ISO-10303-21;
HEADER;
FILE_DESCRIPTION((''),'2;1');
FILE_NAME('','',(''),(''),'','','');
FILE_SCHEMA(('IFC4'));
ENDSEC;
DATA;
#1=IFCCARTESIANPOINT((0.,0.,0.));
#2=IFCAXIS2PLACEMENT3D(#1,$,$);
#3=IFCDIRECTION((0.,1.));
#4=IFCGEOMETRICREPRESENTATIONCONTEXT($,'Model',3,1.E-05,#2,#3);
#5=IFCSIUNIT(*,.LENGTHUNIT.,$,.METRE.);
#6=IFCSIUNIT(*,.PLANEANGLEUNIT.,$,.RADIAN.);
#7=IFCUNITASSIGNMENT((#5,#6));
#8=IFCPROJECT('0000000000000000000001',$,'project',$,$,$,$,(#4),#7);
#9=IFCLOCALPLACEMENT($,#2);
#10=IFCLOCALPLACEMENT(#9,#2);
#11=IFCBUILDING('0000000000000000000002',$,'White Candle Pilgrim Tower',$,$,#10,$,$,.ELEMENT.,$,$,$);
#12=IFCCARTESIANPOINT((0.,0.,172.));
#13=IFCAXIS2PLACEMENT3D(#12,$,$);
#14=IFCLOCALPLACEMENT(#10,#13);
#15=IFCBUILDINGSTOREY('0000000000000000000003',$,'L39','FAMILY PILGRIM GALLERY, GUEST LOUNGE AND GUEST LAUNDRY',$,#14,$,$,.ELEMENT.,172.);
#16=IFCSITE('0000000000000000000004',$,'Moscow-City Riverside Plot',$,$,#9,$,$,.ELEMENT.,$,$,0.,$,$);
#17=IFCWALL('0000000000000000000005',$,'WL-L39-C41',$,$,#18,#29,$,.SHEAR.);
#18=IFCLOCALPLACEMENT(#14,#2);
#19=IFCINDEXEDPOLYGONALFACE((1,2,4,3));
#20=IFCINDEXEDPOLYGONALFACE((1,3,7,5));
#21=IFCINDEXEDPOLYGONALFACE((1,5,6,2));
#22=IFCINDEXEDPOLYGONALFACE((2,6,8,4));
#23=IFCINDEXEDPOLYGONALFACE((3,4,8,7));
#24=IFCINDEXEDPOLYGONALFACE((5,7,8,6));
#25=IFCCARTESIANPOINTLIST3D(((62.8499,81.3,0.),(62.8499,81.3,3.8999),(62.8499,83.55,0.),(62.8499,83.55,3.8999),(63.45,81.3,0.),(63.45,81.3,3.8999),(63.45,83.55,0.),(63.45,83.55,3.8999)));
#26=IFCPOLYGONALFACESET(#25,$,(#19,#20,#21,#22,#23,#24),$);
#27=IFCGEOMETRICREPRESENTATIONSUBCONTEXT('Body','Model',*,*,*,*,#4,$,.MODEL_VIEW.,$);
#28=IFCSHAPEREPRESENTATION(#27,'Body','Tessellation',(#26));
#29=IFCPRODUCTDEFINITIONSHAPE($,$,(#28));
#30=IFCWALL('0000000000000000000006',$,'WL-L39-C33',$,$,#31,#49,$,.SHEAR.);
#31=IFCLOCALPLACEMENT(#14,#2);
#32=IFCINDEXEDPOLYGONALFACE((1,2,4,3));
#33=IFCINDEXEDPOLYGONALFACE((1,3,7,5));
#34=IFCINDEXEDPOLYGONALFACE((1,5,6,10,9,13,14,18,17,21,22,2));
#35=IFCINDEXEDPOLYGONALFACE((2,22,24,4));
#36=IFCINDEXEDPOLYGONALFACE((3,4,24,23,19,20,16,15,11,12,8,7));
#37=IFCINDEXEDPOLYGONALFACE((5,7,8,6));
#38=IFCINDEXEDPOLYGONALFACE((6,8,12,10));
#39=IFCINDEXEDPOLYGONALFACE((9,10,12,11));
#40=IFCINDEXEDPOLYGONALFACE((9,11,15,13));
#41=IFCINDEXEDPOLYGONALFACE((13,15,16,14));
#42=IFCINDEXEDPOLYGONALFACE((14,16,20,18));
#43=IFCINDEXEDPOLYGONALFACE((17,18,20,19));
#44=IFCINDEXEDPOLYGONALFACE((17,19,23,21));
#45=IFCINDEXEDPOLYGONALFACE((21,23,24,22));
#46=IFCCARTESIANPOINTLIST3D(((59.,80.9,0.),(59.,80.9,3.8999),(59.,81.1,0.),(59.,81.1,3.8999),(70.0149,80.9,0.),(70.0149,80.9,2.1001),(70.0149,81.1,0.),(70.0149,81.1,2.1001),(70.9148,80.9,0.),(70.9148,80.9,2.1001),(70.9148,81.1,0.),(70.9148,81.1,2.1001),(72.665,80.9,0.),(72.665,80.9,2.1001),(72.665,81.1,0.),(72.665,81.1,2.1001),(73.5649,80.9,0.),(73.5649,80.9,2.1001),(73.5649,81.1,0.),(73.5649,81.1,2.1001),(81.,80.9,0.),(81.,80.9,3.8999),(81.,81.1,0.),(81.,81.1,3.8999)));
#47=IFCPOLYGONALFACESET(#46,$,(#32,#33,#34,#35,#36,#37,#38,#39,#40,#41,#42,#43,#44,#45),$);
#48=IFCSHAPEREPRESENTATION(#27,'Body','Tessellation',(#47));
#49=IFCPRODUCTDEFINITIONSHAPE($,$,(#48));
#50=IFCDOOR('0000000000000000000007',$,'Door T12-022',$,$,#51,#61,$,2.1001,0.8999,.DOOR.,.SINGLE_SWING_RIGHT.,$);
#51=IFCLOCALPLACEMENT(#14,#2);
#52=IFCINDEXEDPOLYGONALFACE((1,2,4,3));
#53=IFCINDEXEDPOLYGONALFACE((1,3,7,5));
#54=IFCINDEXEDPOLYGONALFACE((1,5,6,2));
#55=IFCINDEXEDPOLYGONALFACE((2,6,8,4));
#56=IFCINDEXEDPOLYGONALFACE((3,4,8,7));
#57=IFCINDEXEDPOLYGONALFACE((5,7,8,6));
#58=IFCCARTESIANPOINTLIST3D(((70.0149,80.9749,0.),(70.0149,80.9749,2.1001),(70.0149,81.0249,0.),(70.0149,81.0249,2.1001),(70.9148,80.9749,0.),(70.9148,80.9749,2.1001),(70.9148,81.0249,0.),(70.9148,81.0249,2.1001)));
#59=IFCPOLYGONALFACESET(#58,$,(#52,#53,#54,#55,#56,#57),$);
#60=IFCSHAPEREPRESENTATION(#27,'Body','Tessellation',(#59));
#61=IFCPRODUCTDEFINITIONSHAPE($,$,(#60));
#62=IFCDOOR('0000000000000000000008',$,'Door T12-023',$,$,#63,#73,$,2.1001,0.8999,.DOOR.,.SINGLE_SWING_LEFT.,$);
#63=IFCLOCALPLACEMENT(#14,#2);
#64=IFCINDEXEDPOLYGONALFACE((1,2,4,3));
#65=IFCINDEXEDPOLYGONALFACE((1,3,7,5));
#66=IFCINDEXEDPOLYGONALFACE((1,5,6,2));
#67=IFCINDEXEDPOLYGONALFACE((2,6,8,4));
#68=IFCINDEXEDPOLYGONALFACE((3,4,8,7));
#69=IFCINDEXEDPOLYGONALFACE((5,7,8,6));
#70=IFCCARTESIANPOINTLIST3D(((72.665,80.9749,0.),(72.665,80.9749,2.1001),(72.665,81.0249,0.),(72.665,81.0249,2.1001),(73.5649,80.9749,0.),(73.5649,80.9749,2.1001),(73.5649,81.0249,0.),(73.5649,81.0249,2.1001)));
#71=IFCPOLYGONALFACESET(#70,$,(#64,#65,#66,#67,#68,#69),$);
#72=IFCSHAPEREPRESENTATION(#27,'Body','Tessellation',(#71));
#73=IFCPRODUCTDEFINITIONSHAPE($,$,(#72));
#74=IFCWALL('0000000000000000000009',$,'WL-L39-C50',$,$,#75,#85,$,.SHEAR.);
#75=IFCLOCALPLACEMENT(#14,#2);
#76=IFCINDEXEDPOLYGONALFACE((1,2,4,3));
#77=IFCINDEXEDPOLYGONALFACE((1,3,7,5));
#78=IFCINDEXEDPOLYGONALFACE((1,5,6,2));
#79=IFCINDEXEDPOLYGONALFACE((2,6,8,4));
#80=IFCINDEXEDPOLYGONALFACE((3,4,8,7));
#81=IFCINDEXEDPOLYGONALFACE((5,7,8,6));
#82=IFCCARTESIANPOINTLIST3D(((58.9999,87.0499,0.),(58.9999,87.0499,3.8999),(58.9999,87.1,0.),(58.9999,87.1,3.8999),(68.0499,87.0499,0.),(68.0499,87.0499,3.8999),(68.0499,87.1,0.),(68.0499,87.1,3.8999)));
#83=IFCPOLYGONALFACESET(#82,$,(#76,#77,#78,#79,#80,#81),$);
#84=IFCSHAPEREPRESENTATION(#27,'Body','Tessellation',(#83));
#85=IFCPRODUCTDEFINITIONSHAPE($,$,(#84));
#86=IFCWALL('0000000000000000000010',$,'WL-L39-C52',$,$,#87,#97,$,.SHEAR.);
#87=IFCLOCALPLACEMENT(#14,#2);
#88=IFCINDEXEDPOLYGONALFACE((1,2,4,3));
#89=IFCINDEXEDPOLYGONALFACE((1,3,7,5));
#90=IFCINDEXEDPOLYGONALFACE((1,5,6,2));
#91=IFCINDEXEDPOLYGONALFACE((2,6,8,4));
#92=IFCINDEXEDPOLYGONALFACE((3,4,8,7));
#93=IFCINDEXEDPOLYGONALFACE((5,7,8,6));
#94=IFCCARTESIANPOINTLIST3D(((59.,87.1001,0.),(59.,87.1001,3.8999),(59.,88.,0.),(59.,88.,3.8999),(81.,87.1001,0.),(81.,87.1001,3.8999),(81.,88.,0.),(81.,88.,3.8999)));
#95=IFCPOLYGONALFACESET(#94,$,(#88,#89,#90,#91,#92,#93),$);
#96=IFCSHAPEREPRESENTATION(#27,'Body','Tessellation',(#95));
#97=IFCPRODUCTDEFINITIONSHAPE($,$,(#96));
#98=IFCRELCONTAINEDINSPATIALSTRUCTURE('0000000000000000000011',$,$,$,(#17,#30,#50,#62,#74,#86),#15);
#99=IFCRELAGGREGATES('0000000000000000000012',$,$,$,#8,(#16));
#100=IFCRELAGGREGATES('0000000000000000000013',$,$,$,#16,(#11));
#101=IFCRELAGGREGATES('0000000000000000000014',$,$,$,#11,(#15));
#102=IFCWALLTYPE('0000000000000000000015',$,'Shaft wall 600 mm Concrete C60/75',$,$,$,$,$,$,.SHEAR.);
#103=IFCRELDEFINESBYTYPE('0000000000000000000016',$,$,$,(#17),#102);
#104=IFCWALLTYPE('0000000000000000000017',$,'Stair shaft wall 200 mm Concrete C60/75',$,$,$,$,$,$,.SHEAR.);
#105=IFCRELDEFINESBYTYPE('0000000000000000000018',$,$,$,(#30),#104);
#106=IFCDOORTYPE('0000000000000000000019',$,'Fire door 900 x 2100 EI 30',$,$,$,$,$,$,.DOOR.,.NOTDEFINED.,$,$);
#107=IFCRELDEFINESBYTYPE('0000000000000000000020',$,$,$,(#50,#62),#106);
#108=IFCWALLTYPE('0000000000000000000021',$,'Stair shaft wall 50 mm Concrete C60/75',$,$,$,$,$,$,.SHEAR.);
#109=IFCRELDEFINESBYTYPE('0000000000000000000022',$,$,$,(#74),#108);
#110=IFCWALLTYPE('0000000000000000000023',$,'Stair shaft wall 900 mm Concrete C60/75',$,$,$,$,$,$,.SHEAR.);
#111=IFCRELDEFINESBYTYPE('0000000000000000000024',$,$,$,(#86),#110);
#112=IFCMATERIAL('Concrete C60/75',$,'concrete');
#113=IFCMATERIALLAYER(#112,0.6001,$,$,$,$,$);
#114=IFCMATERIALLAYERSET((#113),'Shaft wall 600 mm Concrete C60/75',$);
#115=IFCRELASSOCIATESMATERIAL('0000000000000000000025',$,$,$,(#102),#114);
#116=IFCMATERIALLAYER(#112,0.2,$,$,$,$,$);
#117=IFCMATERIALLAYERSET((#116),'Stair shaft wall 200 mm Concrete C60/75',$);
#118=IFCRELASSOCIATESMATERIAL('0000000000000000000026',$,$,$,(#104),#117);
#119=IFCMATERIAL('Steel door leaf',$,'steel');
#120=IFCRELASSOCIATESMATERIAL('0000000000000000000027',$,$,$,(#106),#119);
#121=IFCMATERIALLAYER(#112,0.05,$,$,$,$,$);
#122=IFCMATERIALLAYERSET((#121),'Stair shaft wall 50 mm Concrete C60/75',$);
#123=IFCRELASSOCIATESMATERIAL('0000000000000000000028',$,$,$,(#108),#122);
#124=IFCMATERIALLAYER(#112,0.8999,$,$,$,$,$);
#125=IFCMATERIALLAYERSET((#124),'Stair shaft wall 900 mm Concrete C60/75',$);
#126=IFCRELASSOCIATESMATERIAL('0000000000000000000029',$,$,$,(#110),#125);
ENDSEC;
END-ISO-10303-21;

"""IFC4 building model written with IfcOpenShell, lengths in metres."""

from ifc_helpers import new_model, si_unit, direction, frame, frame_2d, origin, place, context, subcontext, project, spatial, rectangle, extrude, material, layer, layer_set, type_object, element, fill, save


model = new_model("IFC4")

# Units and contexts
model_context = context("Model", 3, precision=1e-05, world=origin(), true_north=direction((0.0, 1.0)))
body_context = subcontext(model_context, "Body", "Model", "MODEL_VIEW")
ifc_project = project(units=[si_unit("LENGTHUNIT", "METRE"), si_unit("PLANEANGLEUNIT", "RADIAN")], contexts=[model_context])

# Site, building, storey
site_placement = place(None, origin())
site = spatial("IfcSite", under=ifc_project, at=site_placement, Name="Moscow-City Riverside Plot", CompositionType="ELEMENT", RefElevation=0.0)
building_placement = place(site_placement, origin())
building = spatial("IfcBuilding", under=site, at=building_placement, Name="White Candle Pilgrim Tower", CompositionType="ELEMENT")
storey_placement = place(building_placement, frame((0.0, 0.0, 172.0)))
storey = spatial("IfcBuildingStorey", under=building, at=storey_placement, Name="L39", Description="FAMILY PILGRIM GALLERY, GUEST LOUNGE AND GUEST LAUNDRY", CompositionType="ELEMENT", Elevation=172.0)

# Shared definitions
ifc_material_1 = material(Name="Concrete C60/75", Category="concrete")

# Shared definitions
ifc_material_2 = material(Name="Steel door leaf", Category="steel")

# Wall
ifc_layer_1 = layer(ifc_material_1, 0.6001)
ifc_layer_set_1 = layer_set([ifc_layer_1], Name="Shaft wall 600 mm Concrete C60/75")
wall_type_1 = type_object("IfcWallType", Name="Shaft wall 600 mm Concrete C60/75", PredefinedType="SHEAR", material=ifc_layer_set_1)
wall_1_placement = place(storey_placement, frame((63.1499, 81.3, 0.0), z_axis=(0.0, 0.0, 1.0), x_axis=(0.0, 1.0, 0.0)))
element("IfcWall", 1, at=wall_1_placement, inside=storey, type_object=wall_type_1, Name="WL-L39-C41", PredefinedType="SHEAR", context=body_context, shape_type="SweptSolid", body=[
    extrude(rectangle(XDim=2.25, YDim=0.6001, at=frame_2d((1.125, 0.0))), origin(), (0.0, 0.0, 1.0), 3.8999),
])

# Wall, openings, doors
ifc_layer_2 = layer(ifc_material_1, 0.2)
ifc_layer_set_2 = layer_set([ifc_layer_2], Name="Stair shaft wall 200 mm Concrete C60/75")
wall_type_2 = type_object("IfcWallType", Name="Stair shaft wall 200 mm Concrete C60/75", PredefinedType="SHEAR", material=ifc_layer_set_2)
wall_2_placement = place(storey_placement, frame((59.0, 81.0, 0.0), z_axis=(0.0, 0.0, 1.0), x_axis=(1.0, 0.0, 0.0)))
wall_2 = element("IfcWall", 2, at=wall_2_placement, inside=storey, type_object=wall_type_2, Name="WL-L39-C33", PredefinedType="SHEAR", context=body_context, shape_type="SweptSolid", body=[
    extrude(rectangle(XDim=22.0, YDim=0.2, at=frame_2d((11.0, 0.0))), origin(), (0.0, 0.0, 1.0), 3.8999),
])
opening_1_placement = place(wall_2_placement, frame((11.0149, 0.0, 0.0)))
opening_1 = element("IfcOpeningElement", 3, at=opening_1_placement, cuts=wall_2, PredefinedType="OPENING", context=body_context, shape_type="SweptSolid", body=[
    extrude(rectangle(XDim=0.8999, YDim=2.1001, at=frame_2d((0.45, 1.05))), frame((0.0, 0.1099, 0.0), z_axis=(0.0, -1.0, 0.0), x_axis=(1.0, 0.0, 0.0)), (0.0, 0.0, 1.0), 0.22),
])
opening_2_placement = place(wall_2_placement, frame((13.665, 0.0, 0.0)))
opening_2 = element("IfcOpeningElement", 4, at=opening_2_placement, cuts=wall_2, PredefinedType="OPENING", context=body_context, shape_type="SweptSolid", body=[
    extrude(rectangle(XDim=0.8999, YDim=2.1001, at=frame_2d((0.45, 1.05))), frame((0.0, 0.1099, 0.0), z_axis=(0.0, -1.0, 0.0), x_axis=(1.0, 0.0, 0.0)), (0.0, 0.0, 1.0), 0.22),
])
door_type_1 = type_object("IfcDoorType", Name="Fire door 900 x 2100 EI 30", OperationType="NOTDEFINED", PredefinedType="DOOR", material=ifc_material_2)
door_1_placement = place(opening_1_placement, origin())
door_1 = element("IfcDoor", 5, at=door_1_placement, inside=storey, type_object=door_type_1, Name="Door T12-022", OperationType="SINGLE_SWING_RIGHT", OverallHeight=2.1001, OverallWidth=0.8999, PredefinedType="DOOR", context=body_context, shape_type="SweptSolid", body=[
    extrude(rectangle(XDim=0.8999, YDim=2.1001, at=frame_2d((0.45, 1.05))), frame((0.0, 0.0249, 0.0), z_axis=(0.0, -1.0, 0.0), x_axis=(1.0, 0.0, 0.0)), (0.0, 0.0, 1.0), 0.05),
])
fill(opening_1, door_1)
door_2_placement = place(opening_2_placement, origin())
door_2 = element("IfcDoor", 6, at=door_2_placement, inside=storey, type_object=door_type_1, Name="Door T12-023", OperationType="SINGLE_SWING_LEFT", OverallHeight=2.1001, OverallWidth=0.8999, PredefinedType="DOOR", context=body_context, shape_type="SweptSolid", body=[
    extrude(rectangle(XDim=0.8999, YDim=2.1001, at=frame_2d((0.45, 1.05))), frame((0.0, 0.0249, 0.0), z_axis=(0.0, -1.0, 0.0), x_axis=(1.0, 0.0, 0.0)), (0.0, 0.0, 1.0), 0.05),
])
fill(opening_2, door_2)

# Walls
ifc_layer_3 = layer(ifc_material_1, 0.05)
ifc_layer_set_3 = layer_set([ifc_layer_3], Name="Stair shaft wall 50 mm Concrete C60/75")
wall_type_3 = type_object("IfcWallType", Name="Stair shaft wall 50 mm Concrete C60/75", PredefinedType="SHEAR", material=ifc_layer_set_3)
wall_3_placement = place(storey_placement, frame((59.0, 87.075, 0.0), z_axis=(0.0, 0.0, 1.0), x_axis=(1.0, 0.0, 0.0)))
element("IfcWall", 7, at=wall_3_placement, inside=storey, type_object=wall_type_3, Name="WL-L39-C50", PredefinedType="SHEAR", context=body_context, shape_type="SweptSolid", body=[
    extrude(rectangle(XDim=9.05, YDim=0.05, at=frame_2d((4.5249, 0.0))), origin(), (0.0, 0.0, 1.0), 3.8999),
])
ifc_layer_4 = layer(ifc_material_1, 0.8999)
ifc_layer_set_4 = layer_set([ifc_layer_4], Name="Stair shaft wall 900 mm Concrete C60/75")
wall_type_4 = type_object("IfcWallType", Name="Stair shaft wall 900 mm Concrete C60/75", PredefinedType="SHEAR", material=ifc_layer_set_4)
wall_4_placement = place(storey_placement, frame((59.0, 87.55, 0.0), z_axis=(0.0, 0.0, 1.0), x_axis=(1.0, 0.0, 0.0)))
element("IfcWall", 8, at=wall_4_placement, inside=storey, type_object=wall_type_4, Name="WL-L39-C52", PredefinedType="SHEAR", context=body_context, shape_type="SweptSolid", body=[
    extrude(rectangle(XDim=22.0, YDim=0.8999, at=frame_2d((11.0, 0.0))), origin(), (0.0, 0.0, 1.0), 3.8999),
])

save(model, "model.ifc")
